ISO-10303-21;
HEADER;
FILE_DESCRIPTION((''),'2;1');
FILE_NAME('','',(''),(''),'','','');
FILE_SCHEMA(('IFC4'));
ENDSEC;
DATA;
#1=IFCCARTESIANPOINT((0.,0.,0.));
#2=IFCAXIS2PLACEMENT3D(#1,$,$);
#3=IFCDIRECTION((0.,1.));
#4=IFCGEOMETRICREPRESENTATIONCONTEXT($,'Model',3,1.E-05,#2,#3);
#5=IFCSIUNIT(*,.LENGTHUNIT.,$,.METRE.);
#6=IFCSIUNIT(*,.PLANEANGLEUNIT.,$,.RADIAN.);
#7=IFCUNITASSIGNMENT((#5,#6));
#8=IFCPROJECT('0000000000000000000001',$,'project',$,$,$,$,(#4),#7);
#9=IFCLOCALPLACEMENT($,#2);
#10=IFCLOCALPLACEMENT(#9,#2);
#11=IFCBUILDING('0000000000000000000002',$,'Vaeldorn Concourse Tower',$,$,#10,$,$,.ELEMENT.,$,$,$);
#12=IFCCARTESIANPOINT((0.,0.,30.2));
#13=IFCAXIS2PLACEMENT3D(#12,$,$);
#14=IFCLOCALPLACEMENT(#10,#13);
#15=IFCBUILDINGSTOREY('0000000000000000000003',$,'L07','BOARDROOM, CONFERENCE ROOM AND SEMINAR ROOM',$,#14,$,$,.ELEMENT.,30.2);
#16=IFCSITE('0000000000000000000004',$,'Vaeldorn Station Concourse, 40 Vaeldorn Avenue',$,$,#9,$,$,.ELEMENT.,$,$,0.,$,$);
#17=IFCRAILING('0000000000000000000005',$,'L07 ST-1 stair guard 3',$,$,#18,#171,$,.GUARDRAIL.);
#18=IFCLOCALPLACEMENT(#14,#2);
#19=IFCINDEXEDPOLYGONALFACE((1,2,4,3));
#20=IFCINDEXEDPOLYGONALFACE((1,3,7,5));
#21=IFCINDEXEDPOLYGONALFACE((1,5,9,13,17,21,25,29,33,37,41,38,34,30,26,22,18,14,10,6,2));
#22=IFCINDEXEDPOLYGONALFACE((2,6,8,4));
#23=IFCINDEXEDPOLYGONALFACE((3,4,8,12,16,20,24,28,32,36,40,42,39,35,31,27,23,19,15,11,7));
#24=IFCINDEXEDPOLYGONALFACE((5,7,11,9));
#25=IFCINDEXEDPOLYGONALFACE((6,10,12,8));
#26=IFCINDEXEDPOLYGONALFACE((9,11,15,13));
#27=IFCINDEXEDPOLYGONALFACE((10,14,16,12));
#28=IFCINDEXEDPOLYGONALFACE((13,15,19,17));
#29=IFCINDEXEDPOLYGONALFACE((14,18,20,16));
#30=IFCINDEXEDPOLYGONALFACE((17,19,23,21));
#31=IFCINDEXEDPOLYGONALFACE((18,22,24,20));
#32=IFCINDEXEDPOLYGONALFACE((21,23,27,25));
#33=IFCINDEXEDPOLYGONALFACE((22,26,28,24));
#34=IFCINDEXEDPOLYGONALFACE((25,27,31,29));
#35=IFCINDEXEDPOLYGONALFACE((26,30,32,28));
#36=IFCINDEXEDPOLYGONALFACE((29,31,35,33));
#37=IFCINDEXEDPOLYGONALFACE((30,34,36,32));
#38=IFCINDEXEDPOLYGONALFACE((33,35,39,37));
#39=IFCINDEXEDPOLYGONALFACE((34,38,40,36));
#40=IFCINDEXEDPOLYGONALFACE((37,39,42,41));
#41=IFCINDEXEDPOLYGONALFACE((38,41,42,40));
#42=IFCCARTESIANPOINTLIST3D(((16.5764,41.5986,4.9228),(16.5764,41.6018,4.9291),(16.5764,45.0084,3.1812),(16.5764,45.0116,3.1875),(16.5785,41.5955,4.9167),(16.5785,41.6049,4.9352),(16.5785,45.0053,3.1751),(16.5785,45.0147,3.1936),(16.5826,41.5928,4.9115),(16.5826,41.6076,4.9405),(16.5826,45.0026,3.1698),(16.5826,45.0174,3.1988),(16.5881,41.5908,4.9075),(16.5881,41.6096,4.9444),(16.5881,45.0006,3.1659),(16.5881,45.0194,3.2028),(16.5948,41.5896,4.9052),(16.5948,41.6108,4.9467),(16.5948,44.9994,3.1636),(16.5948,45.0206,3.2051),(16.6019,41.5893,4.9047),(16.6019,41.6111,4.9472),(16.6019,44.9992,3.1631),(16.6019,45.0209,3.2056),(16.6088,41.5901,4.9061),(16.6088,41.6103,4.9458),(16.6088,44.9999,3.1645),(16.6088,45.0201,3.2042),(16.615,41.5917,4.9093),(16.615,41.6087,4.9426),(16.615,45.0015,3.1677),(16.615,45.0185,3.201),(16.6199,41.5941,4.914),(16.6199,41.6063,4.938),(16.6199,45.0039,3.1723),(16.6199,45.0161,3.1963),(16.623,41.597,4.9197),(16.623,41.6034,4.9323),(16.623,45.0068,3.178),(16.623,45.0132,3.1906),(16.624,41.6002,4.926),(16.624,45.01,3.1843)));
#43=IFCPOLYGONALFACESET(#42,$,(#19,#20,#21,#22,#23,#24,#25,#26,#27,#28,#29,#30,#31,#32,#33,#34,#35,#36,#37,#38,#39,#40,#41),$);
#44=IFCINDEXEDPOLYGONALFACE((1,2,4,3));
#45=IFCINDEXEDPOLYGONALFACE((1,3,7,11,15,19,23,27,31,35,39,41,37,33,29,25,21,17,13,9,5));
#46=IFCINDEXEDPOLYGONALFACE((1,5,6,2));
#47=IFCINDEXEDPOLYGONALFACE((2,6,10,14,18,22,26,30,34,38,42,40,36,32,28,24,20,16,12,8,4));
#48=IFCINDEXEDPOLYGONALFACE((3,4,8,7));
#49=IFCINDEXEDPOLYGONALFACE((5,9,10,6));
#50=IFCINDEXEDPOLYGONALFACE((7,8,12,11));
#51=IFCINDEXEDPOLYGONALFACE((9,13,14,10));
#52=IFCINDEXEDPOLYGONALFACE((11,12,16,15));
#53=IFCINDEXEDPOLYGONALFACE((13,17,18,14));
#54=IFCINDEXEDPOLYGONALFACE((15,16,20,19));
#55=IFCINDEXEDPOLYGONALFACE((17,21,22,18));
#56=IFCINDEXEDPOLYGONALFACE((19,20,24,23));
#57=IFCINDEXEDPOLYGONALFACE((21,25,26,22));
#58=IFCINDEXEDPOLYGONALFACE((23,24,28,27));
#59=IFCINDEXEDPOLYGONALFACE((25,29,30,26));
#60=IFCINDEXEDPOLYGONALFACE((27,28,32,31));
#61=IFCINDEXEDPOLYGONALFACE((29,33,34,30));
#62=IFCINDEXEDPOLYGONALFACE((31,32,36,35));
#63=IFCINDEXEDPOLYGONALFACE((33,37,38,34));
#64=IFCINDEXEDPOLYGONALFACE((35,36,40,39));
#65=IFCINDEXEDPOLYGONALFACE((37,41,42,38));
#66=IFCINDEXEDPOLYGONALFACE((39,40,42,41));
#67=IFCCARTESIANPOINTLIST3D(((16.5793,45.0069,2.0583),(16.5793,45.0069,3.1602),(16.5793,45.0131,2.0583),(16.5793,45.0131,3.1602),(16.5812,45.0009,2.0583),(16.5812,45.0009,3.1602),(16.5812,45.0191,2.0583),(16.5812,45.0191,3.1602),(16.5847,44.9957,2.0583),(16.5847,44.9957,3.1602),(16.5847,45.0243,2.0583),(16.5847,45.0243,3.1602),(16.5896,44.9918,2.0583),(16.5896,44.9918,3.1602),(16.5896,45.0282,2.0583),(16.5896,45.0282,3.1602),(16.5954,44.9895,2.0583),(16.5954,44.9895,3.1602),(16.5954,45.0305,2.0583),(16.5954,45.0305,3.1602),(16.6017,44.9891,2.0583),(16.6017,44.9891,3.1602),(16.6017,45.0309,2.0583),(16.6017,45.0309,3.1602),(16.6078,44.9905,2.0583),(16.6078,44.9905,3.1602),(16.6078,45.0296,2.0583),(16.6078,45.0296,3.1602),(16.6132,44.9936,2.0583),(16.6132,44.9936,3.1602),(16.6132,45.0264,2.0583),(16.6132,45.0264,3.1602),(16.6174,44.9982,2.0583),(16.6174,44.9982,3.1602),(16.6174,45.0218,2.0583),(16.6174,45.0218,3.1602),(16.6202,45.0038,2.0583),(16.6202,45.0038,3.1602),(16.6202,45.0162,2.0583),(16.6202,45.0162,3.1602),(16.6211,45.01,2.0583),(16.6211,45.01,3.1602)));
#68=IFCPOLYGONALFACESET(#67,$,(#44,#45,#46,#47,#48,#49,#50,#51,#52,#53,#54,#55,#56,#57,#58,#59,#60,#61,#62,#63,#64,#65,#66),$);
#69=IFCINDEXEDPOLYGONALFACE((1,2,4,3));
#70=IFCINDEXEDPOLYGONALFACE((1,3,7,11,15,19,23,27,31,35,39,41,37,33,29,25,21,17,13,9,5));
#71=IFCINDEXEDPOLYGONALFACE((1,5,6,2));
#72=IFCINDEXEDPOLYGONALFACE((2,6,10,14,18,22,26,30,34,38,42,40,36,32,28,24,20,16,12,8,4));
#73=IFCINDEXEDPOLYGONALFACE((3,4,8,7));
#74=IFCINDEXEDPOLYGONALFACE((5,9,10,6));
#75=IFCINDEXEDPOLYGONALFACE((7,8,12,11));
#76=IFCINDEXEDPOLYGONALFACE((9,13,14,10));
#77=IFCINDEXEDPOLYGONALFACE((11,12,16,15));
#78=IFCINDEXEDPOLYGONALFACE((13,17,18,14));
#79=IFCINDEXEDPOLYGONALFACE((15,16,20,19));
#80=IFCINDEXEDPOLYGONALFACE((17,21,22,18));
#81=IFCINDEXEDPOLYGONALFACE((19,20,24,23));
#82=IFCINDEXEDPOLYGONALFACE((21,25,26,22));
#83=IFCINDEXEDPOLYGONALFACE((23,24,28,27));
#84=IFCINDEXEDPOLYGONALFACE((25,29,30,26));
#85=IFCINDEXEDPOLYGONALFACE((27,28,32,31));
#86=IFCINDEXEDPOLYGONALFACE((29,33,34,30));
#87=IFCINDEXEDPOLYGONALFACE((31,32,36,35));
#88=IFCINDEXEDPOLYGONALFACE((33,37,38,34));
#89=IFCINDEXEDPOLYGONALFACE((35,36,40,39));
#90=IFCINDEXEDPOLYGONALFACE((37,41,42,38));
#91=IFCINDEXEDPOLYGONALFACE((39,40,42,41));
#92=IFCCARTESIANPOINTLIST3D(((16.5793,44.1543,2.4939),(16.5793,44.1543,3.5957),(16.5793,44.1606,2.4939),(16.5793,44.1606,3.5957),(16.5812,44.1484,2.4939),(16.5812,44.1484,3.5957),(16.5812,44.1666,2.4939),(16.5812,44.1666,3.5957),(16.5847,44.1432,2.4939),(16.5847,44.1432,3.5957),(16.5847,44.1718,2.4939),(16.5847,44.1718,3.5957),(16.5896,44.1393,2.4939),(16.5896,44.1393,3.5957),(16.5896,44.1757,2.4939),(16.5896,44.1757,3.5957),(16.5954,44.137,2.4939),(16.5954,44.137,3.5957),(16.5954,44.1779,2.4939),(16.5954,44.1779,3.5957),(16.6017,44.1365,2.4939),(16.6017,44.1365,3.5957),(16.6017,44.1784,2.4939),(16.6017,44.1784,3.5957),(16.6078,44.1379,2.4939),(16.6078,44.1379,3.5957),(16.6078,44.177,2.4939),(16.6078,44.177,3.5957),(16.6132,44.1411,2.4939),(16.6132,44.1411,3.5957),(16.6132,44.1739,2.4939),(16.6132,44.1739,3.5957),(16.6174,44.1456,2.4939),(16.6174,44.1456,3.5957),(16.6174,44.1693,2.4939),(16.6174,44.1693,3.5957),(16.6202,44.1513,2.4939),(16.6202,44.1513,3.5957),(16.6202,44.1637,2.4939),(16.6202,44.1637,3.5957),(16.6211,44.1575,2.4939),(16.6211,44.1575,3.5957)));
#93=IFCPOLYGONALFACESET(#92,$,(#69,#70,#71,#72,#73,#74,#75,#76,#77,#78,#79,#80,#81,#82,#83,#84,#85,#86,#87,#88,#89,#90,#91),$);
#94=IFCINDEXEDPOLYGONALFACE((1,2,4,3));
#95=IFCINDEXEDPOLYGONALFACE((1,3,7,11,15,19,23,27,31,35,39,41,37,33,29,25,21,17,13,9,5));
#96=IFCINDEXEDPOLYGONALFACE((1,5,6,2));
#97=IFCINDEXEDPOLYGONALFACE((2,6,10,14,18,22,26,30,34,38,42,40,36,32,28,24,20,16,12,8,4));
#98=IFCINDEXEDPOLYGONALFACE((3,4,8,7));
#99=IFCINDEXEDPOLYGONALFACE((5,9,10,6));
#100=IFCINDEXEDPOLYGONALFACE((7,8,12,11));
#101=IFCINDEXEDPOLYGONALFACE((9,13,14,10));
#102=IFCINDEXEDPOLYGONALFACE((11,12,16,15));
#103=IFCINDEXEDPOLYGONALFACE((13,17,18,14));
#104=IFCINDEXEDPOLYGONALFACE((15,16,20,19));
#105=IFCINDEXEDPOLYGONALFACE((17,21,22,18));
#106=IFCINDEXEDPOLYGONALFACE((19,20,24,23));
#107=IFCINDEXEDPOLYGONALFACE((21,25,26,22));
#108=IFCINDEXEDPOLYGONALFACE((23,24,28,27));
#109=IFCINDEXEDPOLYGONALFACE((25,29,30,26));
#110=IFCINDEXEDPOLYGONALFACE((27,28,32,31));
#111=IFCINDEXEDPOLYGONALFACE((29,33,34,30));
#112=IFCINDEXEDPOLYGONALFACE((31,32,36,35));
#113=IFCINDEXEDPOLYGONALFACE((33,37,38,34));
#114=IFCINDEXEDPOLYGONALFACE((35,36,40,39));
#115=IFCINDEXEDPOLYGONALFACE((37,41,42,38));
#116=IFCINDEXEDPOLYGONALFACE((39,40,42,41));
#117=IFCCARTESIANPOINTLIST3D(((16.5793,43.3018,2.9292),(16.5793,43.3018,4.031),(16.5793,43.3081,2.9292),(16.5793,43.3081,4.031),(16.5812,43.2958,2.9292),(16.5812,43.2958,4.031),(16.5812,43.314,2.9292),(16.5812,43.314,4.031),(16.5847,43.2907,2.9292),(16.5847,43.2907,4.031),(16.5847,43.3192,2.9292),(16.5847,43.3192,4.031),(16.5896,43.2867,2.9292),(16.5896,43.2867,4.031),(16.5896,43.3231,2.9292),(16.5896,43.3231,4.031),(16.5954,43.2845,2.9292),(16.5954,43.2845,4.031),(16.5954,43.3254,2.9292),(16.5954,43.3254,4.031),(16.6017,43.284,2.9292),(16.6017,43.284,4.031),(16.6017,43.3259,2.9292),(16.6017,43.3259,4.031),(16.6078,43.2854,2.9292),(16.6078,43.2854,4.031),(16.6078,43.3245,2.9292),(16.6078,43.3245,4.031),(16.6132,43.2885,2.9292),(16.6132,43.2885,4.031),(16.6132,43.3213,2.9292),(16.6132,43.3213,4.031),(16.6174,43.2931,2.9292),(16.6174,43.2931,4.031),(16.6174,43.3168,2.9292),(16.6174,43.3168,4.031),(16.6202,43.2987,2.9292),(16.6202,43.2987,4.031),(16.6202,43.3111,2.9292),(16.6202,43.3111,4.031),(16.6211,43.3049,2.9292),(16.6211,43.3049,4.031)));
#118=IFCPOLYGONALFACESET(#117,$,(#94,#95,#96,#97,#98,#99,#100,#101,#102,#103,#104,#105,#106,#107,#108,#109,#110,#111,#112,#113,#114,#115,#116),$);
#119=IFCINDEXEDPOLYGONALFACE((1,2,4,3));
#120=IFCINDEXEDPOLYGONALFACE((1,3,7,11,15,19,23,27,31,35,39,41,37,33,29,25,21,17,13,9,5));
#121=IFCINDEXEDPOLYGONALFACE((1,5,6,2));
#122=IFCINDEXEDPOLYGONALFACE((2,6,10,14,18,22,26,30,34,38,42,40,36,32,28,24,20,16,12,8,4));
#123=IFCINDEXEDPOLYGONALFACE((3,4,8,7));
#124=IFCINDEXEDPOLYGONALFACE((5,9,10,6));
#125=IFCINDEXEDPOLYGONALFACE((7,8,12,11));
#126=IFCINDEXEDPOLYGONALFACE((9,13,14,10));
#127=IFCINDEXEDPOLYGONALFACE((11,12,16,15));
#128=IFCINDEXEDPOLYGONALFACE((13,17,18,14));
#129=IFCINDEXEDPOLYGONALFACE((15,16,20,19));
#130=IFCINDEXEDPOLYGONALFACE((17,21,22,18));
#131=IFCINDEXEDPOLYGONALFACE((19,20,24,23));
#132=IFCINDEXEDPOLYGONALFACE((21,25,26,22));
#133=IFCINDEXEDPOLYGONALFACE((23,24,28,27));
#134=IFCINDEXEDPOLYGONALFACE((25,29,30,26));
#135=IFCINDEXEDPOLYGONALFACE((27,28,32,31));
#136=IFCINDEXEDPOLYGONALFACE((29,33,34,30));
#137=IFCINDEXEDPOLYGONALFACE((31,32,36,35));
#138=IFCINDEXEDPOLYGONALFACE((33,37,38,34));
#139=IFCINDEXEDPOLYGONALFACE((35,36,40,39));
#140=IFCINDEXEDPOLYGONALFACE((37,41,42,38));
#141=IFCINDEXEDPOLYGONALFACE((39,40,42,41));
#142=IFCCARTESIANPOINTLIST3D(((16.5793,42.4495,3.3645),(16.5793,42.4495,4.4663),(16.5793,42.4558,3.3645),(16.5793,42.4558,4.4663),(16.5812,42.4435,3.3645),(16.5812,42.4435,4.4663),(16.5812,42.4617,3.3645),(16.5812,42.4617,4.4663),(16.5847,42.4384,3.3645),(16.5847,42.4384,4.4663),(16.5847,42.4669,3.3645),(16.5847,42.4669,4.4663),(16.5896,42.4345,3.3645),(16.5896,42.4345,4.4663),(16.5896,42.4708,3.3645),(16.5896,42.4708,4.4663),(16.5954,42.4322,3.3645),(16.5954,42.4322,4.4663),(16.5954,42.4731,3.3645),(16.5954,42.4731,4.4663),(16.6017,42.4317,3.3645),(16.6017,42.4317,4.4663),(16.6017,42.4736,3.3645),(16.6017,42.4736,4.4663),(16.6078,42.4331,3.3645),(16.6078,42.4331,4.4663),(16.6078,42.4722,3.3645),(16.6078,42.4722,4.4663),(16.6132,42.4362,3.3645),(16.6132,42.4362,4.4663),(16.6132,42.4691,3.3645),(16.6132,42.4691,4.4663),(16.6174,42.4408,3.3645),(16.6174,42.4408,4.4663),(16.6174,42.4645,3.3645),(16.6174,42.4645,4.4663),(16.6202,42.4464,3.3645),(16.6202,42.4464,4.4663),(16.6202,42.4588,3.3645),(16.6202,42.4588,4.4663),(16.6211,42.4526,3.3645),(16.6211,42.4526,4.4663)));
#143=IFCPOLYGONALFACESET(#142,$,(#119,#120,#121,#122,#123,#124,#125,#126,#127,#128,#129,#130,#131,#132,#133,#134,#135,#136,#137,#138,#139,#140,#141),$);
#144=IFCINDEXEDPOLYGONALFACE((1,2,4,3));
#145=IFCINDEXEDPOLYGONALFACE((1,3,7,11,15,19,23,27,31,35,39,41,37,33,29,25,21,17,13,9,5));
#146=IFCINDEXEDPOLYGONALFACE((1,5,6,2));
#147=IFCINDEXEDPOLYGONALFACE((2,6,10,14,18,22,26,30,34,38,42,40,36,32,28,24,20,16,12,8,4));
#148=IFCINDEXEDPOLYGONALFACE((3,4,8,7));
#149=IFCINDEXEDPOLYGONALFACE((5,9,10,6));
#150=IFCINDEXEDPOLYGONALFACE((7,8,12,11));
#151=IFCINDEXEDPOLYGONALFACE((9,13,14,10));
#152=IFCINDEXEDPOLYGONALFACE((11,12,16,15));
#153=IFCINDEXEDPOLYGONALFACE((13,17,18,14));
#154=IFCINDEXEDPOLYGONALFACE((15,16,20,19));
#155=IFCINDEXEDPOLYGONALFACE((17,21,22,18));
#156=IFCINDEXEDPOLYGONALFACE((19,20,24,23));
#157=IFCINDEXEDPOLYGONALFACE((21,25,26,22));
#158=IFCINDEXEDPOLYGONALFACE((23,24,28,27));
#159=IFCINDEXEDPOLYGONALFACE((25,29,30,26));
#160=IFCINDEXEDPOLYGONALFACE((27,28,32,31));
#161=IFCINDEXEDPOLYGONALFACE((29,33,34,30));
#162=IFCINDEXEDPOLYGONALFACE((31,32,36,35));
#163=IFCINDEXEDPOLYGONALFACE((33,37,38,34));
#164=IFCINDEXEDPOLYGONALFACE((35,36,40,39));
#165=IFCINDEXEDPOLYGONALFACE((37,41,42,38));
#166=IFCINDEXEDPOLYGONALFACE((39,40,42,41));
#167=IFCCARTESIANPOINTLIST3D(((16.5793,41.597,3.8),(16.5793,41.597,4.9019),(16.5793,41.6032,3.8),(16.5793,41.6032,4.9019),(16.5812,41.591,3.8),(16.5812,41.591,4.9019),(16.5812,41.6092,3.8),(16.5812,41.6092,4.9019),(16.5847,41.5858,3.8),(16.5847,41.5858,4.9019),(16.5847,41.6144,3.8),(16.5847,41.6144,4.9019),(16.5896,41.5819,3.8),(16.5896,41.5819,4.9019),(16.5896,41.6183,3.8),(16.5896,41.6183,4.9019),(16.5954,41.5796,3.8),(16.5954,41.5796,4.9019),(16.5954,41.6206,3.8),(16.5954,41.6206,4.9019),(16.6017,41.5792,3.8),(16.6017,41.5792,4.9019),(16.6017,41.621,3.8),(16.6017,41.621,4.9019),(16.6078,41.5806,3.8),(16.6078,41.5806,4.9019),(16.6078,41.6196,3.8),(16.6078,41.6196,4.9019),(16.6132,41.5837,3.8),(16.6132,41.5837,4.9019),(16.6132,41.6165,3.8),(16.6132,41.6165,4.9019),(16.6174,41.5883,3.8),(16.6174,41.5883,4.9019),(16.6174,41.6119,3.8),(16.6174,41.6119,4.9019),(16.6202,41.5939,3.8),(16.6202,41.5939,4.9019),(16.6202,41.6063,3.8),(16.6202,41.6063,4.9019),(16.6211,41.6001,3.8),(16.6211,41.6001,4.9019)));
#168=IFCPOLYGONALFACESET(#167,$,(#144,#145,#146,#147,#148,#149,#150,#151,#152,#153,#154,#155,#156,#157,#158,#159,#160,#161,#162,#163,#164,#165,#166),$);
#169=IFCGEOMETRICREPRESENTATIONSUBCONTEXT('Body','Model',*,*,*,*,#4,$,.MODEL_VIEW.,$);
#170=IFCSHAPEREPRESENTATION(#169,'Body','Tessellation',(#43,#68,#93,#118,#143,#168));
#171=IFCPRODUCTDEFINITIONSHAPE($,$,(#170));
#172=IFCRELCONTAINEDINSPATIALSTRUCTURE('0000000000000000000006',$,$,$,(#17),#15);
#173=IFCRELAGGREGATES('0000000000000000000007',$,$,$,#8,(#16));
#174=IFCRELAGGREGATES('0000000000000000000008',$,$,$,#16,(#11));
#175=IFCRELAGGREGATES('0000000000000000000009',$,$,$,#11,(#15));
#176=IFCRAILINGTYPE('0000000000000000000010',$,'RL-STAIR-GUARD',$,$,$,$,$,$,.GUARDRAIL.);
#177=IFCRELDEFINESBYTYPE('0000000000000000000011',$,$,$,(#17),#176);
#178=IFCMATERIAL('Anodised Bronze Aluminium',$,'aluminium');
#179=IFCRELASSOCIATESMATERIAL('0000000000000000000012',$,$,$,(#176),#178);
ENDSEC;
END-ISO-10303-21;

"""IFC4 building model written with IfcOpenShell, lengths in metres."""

from ifc_helpers import new_model, si_unit, direction, frame, origin, origin_2d, place, context, subcontext, project, spatial, circle, extrude, material, type_object, element, save


model = new_model("IFC4")

# Units and contexts
model_context = context("Model", 3, precision=1e-05, world=origin(), true_north=direction((0.0, 1.0)))
body_context = subcontext(model_context, "Body", "Model", "MODEL_VIEW")
ifc_project = project(units=[si_unit("LENGTHUNIT", "METRE"), si_unit("PLANEANGLEUNIT", "RADIAN")], contexts=[model_context])

# Site, building, storey
site_placement = place(None, origin())
site = spatial("IfcSite", under=ifc_project, at=site_placement, Name="Vaeldorn Station Concourse, 40 Vaeldorn Avenue", CompositionType="ELEMENT", RefElevation=0.0)
building_placement = place(site_placement, origin())
building = spatial("IfcBuilding", under=site, at=building_placement, Name="Vaeldorn Concourse Tower", CompositionType="ELEMENT")
storey_placement = place(building_placement, frame((0.0, 0.0, 30.2)))
storey = spatial("IfcBuildingStorey", under=building, at=storey_placement, Name="L07", Description="BOARDROOM, CONFERENCE ROOM AND SEMINAR ROOM", CompositionType="ELEMENT", Elevation=30.2)

# Shared definitions
ifc_material_1 = material(Name="Anodised Bronze Aluminium", Category="aluminium")

# Railing
railing_type_1 = type_object("IfcRailingType", Name="RL-STAIR-GUARD", PredefinedType="GUARDRAIL", material=ifc_material_1)
railing_1_placement = place(storey_placement, frame((16.6001, 45.01, 2.0583)))
element("IfcRailing", 1, at=railing_1_placement, inside=storey, type_object=railing_type_1, Name="L07 ST-1 stair guard 3", PredefinedType="GUARDRAIL", context=body_context, shape_type="SweptSolid", body=[
    extrude(circle(Radius=0.0239, at=origin_2d()), frame((0.0, 0.0, 1.126), z_axis=(0.0, -0.890556, 0.454874), x_axis=(1.0, 0.0, 0.0)), (0.0, 0.0, 1.0), 3.8289),
    extrude(circle(Radius=0.021, at=origin_2d()), origin(), (0.0, 0.0, 1.0), 1.1018),
    extrude(circle(Radius=0.021, at=origin_2d()), frame((0.0, -0.8525, 0.4355)), (0.0, 0.0, 1.0), 1.1018),
    extrude(circle(Radius=0.021, at=origin_2d()), frame((0.0, -1.7051, 0.8708)), (0.0, 0.0, 1.0), 1.1018),
    extrude(circle(Radius=0.021, at=origin_2d()), frame((0.0, -2.5574, 1.3062)), (0.0, 0.0, 1.0), 1.1018),
    extrude(circle(Radius=0.021, at=origin_2d()), frame((0.0, -3.4099, 1.7417)), (0.0, 0.0, 1.0), 1.1018),
])

save(model, "model.ifc")
